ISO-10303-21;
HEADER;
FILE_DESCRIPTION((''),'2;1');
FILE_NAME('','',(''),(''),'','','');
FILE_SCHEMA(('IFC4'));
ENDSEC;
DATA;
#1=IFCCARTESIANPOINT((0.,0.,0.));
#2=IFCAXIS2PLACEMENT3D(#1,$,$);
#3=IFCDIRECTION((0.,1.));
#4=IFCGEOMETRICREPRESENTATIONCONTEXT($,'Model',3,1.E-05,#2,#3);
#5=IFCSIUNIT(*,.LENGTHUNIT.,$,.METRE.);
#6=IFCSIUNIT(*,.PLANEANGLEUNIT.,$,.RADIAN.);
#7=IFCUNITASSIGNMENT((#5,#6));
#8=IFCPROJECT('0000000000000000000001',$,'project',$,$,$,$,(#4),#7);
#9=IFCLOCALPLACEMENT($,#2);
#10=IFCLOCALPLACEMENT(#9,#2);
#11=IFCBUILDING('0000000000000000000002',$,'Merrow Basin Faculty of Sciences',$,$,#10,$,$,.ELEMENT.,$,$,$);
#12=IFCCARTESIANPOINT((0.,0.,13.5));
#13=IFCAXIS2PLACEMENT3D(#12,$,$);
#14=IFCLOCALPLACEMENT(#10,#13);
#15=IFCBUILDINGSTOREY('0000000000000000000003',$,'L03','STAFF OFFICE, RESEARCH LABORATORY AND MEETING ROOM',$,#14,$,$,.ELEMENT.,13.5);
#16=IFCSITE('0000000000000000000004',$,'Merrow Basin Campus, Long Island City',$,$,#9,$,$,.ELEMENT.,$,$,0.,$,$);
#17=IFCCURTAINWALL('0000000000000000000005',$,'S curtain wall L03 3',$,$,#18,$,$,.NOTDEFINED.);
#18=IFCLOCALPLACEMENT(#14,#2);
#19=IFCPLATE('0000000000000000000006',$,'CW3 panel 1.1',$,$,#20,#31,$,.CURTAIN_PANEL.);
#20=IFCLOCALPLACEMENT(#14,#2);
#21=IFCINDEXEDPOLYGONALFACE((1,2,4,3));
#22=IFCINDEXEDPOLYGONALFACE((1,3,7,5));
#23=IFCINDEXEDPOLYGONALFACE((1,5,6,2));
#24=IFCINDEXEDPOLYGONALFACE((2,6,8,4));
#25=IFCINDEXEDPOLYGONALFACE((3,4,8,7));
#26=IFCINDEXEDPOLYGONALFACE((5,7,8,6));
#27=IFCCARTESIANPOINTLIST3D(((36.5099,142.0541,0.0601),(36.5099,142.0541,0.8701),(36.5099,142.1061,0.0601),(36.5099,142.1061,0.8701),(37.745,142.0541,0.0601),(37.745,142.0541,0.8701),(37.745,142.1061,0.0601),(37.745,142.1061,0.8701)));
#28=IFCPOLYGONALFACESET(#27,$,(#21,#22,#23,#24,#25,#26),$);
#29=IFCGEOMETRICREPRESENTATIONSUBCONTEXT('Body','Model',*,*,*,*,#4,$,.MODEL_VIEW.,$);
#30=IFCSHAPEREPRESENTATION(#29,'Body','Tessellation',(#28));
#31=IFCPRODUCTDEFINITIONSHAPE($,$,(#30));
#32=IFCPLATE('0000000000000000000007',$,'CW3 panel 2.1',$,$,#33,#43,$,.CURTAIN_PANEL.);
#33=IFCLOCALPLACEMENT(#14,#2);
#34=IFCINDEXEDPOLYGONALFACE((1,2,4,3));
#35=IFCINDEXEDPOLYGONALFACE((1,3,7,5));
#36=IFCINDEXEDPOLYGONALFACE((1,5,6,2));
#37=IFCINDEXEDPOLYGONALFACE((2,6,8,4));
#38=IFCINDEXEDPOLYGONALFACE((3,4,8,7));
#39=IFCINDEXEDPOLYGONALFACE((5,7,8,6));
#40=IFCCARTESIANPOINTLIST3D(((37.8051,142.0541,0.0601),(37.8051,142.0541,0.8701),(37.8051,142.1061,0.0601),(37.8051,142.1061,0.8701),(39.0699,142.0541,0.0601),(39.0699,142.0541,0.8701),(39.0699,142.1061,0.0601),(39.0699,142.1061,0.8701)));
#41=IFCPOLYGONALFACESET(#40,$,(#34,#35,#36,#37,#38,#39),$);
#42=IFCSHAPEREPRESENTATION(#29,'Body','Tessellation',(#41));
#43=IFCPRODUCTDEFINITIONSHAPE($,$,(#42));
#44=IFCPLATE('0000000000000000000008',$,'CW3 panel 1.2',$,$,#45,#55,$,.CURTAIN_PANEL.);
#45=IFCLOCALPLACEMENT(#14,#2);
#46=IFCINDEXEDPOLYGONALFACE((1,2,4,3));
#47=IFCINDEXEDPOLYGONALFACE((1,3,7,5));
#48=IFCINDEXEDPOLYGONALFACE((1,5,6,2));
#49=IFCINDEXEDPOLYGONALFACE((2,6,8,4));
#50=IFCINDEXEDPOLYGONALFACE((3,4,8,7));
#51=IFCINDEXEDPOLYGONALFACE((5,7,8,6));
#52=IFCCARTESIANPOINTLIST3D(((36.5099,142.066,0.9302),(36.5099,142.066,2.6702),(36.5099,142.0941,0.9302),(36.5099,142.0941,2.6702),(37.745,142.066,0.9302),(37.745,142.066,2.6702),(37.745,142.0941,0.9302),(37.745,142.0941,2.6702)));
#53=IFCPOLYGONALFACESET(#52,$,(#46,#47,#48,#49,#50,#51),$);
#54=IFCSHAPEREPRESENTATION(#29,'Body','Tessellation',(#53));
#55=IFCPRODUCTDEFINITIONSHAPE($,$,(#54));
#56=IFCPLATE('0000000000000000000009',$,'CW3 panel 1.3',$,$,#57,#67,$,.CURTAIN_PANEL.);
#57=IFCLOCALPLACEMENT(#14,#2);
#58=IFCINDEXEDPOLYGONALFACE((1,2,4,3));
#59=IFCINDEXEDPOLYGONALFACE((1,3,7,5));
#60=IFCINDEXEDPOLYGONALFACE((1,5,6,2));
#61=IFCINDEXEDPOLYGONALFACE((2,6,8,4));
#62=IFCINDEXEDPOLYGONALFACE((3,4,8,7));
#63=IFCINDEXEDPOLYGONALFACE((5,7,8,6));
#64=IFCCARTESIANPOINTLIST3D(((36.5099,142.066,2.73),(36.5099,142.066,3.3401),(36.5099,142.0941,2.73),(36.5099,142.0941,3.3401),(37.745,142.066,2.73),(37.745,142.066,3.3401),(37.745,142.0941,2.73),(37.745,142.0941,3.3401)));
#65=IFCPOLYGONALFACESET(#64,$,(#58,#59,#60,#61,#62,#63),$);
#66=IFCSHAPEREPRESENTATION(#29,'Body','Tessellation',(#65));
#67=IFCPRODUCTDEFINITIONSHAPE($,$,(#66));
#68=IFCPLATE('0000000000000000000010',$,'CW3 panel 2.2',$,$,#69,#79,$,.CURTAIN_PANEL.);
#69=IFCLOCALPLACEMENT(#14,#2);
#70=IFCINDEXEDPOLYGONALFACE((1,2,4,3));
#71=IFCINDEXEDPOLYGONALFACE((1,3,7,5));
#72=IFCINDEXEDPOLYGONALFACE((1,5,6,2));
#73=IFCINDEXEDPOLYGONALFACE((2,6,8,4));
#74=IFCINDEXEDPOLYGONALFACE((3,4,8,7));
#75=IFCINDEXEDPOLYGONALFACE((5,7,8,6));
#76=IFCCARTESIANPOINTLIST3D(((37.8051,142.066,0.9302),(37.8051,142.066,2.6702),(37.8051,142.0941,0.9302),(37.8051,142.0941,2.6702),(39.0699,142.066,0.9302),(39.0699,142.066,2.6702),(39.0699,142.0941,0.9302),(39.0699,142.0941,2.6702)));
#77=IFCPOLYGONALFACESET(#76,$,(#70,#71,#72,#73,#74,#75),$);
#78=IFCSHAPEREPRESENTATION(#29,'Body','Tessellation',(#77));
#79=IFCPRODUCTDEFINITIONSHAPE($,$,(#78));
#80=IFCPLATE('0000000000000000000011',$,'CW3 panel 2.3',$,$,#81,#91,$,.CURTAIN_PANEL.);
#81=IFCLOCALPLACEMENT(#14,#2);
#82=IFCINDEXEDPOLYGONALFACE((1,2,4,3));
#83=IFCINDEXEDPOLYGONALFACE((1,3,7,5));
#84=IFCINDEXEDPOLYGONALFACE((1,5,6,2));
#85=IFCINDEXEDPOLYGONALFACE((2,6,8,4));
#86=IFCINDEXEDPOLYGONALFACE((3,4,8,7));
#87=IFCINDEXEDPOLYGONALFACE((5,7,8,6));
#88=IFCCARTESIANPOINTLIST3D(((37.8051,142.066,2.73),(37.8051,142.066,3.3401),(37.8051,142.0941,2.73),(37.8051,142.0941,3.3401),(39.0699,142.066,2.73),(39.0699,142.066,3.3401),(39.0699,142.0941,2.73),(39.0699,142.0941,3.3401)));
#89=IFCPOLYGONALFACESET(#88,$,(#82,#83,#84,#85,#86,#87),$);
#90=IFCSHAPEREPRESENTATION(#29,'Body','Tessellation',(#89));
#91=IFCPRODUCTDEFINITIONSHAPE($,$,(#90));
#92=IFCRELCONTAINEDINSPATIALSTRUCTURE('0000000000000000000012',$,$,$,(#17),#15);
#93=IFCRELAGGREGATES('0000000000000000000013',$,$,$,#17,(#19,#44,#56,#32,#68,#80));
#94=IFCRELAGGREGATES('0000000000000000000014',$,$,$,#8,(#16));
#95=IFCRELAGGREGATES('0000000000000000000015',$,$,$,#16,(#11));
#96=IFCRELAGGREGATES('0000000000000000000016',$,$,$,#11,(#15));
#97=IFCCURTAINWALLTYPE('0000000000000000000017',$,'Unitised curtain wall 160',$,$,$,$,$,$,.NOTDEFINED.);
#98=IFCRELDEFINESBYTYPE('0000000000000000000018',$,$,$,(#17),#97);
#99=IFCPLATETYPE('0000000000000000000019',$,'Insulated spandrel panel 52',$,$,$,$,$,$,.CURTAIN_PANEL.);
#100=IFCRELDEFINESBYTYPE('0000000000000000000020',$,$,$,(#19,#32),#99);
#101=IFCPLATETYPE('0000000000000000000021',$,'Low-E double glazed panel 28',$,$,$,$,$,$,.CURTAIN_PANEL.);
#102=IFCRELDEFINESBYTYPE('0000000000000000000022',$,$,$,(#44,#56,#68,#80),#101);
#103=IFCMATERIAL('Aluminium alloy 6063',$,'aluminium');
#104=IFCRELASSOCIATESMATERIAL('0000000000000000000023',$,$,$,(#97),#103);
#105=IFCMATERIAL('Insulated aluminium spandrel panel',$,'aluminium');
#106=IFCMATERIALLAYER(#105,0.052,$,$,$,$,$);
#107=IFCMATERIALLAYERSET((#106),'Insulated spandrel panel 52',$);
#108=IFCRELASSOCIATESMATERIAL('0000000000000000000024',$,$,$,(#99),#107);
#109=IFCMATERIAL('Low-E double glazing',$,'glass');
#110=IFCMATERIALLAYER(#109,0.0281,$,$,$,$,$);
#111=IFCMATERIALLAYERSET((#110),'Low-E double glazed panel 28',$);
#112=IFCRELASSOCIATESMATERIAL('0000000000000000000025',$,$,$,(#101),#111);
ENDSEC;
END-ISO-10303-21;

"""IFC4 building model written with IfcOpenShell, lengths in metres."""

from ifc_helpers import new_model, si_unit, direction, frame, origin, origin_2d, place, context, subcontext, project, spatial, rectangle, extrude, material, layer, layer_set, type_object, element, aggregate, save


model = new_model("IFC4")

# Units and contexts
model_context = context("Model", 3, precision=1e-05, world=origin(), true_north=direction((0.0, 1.0)))
body_context = subcontext(model_context, "Body", "Model", "MODEL_VIEW")
ifc_project = project(units=[si_unit("LENGTHUNIT", "METRE"), si_unit("PLANEANGLEUNIT", "RADIAN")], contexts=[model_context])

# Site, building, storey
site_placement = place(None, origin())
site = spatial("IfcSite", under=ifc_project, at=site_placement, Name="Merrow Basin Campus, Long Island City", CompositionType="ELEMENT", RefElevation=0.0)
building_placement = place(site_placement, origin())
building = spatial("IfcBuilding", under=site, at=building_placement, Name="Merrow Basin Faculty of Sciences", CompositionType="ELEMENT")
storey_placement = place(building_placement, frame((0.0, 0.0, 13.5)))
storey = spatial("IfcBuildingStorey", under=building, at=storey_placement, Name="L03", Description="STAFF OFFICE, RESEARCH LABORATORY AND MEETING ROOM", CompositionType="ELEMENT", Elevation=13.5)

# Curtain wall, plates
ifc_material_1 = material(Name="Aluminium alloy 6063", Category="aluminium")
curtain_wall_type = type_object("IfcCurtainWallType", Name="Unitised curtain wall 160", PredefinedType="NOTDEFINED", material=ifc_material_1)
curtain_wall_placement = place(storey_placement, origin())
curtain_wall = element("IfcCurtainWall", 1, at=curtain_wall_placement, inside=storey, type_object=curtain_wall_type, Name="S curtain wall L03 3", PredefinedType="NOTDEFINED")
ifc_material_2 = material(Name="Insulated aluminium spandrel panel", Category="aluminium")
ifc_layer_1 = layer(ifc_material_2, 0.052)
ifc_layer_set_1 = layer_set([ifc_layer_1], Name="Insulated spandrel panel 52")
plate_type_1 = type_object("IfcPlateType", Name="Insulated spandrel panel 52", PredefinedType="CURTAIN_PANEL", material=ifc_layer_set_1)
plate_1_placement = place(storey_placement, frame((37.1274, 142.0801, 0.0601), z_axis=(0.0, 0.0, 1.0), x_axis=(1.0, 0.0, 0.0)))
plate_1 = element("IfcPlate", 2, at=plate_1_placement, type_object=plate_type_1, Name="CW3 panel 1.1", PredefinedType="CURTAIN_PANEL", context=body_context, shape_type="SweptSolid", body=[
    extrude(rectangle(XDim=1.2351, YDim=0.052, at=origin_2d()), origin(), (0.0, 0.0, 1.0), 0.8101),
])
plate_2_placement = place(storey_placement, frame((38.4375, 142.0801, 0.0601), z_axis=(0.0, 0.0, 1.0), x_axis=(1.0, 0.0, 0.0)))
plate_2 = element("IfcPlate", 3, at=plate_2_placement, type_object=plate_type_1, Name="CW3 panel 2.1", PredefinedType="CURTAIN_PANEL", context=body_context, shape_type="SweptSolid", body=[
    extrude(rectangle(XDim=1.2649, YDim=0.052, at=origin_2d()), origin(), (0.0, 0.0, 1.0), 0.8101),
])
ifc_material_3 = material(Name="Low-E double glazing", Category="glass")
ifc_layer_2 = layer(ifc_material_3, 0.0281)
ifc_layer_set_2 = layer_set([ifc_layer_2], Name="Low-E double glazed panel 28")
plate_type_2 = type_object("IfcPlateType", Name="Low-E double glazed panel 28", PredefinedType="CURTAIN_PANEL", material=ifc_layer_set_2)
plate_3_placement = place(storey_placement, frame((37.1274, 142.0801, 0.9302), z_axis=(0.0, 0.0, 1.0), x_axis=(1.0, 0.0, 0.0)))
plate_3 = element("IfcPlate", 4, at=plate_3_placement, type_object=plate_type_2, Name="CW3 panel 1.2", PredefinedType="CURTAIN_PANEL", context=body_context, shape_type="SweptSolid", body=[
    extrude(rectangle(XDim=1.2351, YDim=0.0281, at=origin_2d()), origin(), (0.0, 0.0, 1.0), 1.74),
])
plate_4_placement = place(storey_placement, frame((37.1274, 142.0801, 2.73), z_axis=(0.0, 0.0, 1.0), x_axis=(1.0, 0.0, 0.0)))
plate_4 = element("IfcPlate", 5, at=plate_4_placement, type_object=plate_type_2, Name="CW3 panel 1.3", PredefinedType="CURTAIN_PANEL", context=body_context, shape_type="SweptSolid", body=[
    extrude(rectangle(XDim=1.2351, YDim=0.0281, at=origin_2d()), origin(), (0.0, 0.0, 1.0), 0.6101),
])
plate_5_placement = place(storey_placement, frame((38.4375, 142.0801, 0.9302), z_axis=(0.0, 0.0, 1.0), x_axis=(1.0, 0.0, 0.0)))
plate_5 = element("IfcPlate", 6, at=plate_5_placement, type_object=plate_type_2, Name="CW3 panel 2.2", PredefinedType="CURTAIN_PANEL", context=body_context, shape_type="SweptSolid", body=[
    extrude(rectangle(XDim=1.2649, YDim=0.0281, at=origin_2d()), origin(), (0.0, 0.0, 1.0), 1.74),
])
plate_6_placement = place(storey_placement, frame((38.4375, 142.0801, 2.73), z_axis=(0.0, 0.0, 1.0), x_axis=(1.0, 0.0, 0.0)))
plate_6 = element("IfcPlate", 7, at=plate_6_placement, type_object=plate_type_2, Name="CW3 panel 2.3", PredefinedType="CURTAIN_PANEL", context=body_context, shape_type="SweptSolid", body=[
    extrude(rectangle(XDim=1.2649, YDim=0.0281, at=origin_2d()), origin(), (0.0, 0.0, 1.0), 0.6101),
])
aggregate(curtain_wall, [plate_1, plate_3, plate_4, plate_2, plate_5, plate_6])

save(model, "model.ifc")
